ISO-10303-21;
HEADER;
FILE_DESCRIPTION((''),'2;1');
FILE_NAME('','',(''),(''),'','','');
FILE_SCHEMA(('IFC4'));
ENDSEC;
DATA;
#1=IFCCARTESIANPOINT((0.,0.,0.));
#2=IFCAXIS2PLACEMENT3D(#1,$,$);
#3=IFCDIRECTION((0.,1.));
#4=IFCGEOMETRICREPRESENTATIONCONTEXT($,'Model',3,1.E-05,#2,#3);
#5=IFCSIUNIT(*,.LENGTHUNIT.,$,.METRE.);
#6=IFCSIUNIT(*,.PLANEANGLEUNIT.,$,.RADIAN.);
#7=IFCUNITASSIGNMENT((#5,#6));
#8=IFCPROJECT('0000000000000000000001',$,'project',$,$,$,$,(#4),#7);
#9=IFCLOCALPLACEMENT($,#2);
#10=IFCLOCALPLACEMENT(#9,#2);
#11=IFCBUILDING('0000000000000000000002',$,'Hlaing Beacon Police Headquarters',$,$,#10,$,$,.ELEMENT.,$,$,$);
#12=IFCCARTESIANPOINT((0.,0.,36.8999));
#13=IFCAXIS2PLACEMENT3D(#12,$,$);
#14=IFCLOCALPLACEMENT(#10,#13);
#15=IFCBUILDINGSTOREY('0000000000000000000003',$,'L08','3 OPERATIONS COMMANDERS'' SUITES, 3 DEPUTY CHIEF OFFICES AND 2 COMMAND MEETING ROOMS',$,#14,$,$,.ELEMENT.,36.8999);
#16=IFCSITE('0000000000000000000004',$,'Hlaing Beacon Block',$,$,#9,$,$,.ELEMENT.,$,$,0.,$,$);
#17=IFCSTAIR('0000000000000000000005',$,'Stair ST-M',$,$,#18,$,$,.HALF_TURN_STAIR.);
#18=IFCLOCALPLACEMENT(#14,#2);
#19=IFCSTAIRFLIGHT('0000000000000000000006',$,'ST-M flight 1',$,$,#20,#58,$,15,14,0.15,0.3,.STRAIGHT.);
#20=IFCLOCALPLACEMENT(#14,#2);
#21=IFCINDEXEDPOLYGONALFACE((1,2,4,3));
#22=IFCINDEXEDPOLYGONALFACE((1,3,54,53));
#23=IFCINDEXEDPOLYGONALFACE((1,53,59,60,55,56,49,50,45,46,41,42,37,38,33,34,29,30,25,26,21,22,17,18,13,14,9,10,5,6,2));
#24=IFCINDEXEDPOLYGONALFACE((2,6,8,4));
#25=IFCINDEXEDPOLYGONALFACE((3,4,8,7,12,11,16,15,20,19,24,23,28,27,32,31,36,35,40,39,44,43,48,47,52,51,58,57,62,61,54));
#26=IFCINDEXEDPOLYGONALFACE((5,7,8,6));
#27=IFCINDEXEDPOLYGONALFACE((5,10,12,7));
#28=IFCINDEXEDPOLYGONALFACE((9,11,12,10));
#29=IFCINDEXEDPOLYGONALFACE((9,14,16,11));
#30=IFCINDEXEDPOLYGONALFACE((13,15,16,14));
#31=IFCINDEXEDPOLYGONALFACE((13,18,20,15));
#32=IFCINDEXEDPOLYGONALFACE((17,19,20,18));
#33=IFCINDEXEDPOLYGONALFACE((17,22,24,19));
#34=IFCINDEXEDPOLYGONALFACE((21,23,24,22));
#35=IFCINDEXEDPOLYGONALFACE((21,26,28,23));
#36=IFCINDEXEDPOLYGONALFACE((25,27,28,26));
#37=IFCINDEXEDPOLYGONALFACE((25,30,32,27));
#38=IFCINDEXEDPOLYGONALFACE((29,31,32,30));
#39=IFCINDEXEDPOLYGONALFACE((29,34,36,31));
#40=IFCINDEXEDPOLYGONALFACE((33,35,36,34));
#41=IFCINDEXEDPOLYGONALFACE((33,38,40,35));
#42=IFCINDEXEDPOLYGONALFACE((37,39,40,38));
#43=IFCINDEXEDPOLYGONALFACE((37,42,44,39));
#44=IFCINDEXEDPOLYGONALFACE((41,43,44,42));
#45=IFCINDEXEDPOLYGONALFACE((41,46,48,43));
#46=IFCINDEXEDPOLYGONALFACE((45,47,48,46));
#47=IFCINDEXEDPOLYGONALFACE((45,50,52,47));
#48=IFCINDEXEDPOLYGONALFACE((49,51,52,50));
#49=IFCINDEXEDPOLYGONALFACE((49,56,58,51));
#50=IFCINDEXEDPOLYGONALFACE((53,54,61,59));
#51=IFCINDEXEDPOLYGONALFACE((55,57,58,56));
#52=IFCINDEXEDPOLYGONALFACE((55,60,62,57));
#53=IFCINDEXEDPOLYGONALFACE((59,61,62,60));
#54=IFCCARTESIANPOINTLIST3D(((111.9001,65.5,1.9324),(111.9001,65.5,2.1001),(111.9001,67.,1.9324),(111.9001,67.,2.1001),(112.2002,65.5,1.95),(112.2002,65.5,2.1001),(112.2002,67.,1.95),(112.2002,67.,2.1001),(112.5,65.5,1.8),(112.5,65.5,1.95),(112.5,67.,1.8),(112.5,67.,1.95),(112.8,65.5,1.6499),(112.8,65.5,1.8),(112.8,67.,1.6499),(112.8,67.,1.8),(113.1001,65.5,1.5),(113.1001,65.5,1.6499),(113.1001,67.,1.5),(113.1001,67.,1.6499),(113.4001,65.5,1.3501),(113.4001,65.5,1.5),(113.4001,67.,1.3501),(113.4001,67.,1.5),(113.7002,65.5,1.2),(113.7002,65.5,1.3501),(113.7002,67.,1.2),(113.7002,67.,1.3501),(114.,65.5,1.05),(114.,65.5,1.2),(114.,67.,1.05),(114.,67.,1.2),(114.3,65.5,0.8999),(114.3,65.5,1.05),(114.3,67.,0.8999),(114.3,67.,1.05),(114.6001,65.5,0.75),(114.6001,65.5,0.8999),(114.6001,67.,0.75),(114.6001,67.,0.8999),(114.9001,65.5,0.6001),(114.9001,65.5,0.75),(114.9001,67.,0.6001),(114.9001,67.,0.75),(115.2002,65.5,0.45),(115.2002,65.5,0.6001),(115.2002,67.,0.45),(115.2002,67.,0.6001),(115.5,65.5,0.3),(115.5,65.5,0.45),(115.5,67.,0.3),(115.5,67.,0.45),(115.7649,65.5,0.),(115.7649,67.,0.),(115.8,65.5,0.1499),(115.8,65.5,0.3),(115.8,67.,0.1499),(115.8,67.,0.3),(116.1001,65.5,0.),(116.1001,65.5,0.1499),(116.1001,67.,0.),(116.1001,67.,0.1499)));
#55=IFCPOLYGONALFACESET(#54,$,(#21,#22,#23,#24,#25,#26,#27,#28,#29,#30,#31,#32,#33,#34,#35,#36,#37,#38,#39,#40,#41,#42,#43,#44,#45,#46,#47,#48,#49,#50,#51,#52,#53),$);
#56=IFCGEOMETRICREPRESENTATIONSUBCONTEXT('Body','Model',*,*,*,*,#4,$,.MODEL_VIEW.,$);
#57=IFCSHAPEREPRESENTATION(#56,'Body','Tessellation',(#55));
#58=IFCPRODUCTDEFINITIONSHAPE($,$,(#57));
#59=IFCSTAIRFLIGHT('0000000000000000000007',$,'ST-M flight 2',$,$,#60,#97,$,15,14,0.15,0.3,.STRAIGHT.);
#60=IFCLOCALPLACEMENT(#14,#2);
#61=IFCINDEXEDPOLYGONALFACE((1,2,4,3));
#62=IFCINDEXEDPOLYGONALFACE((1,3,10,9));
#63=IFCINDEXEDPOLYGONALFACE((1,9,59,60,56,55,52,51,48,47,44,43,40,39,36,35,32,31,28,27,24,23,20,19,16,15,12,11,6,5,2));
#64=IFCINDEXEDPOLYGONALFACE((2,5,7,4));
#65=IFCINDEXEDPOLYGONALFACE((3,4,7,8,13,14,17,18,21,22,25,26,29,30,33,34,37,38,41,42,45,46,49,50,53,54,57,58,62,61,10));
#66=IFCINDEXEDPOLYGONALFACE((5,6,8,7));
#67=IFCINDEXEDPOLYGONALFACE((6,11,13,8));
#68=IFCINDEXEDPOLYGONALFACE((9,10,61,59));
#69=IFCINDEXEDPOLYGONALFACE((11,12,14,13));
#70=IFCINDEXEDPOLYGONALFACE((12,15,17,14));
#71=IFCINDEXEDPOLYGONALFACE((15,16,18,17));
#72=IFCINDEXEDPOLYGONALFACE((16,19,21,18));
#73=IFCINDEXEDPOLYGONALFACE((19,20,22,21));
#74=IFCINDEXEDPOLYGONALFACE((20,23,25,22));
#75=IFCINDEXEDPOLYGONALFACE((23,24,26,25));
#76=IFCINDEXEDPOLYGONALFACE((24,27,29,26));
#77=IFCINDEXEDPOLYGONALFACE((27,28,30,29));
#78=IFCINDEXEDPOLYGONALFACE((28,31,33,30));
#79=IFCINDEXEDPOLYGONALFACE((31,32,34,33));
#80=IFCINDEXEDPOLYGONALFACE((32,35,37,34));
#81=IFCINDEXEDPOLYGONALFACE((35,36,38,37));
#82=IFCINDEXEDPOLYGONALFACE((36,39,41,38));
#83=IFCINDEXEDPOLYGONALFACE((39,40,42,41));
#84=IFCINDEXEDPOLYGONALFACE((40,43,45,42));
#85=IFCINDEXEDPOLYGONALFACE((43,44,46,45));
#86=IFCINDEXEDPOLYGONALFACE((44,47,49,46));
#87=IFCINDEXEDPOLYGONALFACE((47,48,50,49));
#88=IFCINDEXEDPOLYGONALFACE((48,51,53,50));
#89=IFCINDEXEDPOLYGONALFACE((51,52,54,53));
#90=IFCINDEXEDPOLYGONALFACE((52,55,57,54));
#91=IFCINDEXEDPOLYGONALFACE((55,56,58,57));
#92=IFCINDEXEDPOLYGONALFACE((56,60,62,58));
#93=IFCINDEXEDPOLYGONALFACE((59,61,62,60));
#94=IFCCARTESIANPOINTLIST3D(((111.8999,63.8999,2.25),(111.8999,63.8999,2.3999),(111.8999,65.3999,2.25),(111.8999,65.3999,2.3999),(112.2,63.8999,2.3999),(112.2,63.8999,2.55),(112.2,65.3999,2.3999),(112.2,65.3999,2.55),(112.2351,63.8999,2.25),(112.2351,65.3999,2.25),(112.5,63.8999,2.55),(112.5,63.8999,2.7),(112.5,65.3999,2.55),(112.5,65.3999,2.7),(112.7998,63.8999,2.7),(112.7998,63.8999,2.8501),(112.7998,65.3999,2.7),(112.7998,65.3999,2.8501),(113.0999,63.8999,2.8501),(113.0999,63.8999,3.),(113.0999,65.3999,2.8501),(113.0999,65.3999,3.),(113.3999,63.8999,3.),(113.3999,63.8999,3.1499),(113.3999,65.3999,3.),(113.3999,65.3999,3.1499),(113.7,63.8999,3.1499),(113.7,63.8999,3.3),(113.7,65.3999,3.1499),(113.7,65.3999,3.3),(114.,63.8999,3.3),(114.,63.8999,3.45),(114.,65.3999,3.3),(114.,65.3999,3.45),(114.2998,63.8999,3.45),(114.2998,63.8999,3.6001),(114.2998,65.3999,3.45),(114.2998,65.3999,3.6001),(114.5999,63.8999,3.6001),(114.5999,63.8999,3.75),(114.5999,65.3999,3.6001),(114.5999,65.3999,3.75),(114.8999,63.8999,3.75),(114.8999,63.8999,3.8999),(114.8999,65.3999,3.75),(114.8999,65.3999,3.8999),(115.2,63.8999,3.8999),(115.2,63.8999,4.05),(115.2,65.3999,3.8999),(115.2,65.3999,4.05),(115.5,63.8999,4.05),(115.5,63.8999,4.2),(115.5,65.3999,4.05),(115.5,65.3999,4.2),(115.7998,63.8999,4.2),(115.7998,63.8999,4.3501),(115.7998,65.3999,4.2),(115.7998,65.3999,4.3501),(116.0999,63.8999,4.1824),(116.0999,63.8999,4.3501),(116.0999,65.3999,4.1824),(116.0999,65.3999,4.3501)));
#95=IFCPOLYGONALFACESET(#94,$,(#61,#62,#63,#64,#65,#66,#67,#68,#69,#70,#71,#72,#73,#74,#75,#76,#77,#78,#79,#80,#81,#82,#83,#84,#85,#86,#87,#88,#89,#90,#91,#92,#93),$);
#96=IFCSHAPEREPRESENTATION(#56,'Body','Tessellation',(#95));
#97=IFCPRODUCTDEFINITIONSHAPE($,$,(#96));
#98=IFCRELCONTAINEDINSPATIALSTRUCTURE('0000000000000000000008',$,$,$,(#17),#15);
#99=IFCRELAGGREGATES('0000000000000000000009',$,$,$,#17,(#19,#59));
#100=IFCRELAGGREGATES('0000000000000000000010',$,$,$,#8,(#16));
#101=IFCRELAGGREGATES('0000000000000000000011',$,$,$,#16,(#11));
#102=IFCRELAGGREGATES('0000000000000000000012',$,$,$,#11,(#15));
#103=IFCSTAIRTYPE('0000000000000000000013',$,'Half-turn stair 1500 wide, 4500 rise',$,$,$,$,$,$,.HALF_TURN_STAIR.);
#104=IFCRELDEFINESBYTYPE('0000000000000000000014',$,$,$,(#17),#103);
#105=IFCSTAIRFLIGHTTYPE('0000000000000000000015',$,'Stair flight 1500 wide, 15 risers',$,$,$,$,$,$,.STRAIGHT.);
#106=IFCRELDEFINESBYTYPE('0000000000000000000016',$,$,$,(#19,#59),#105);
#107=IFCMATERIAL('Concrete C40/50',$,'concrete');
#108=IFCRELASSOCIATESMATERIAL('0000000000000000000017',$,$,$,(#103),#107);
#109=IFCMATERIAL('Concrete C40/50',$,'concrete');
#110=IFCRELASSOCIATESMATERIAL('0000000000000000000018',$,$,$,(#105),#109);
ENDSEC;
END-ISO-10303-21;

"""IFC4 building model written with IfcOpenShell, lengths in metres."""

from ifc_helpers import new_model, si_unit, direction, frame, origin, place, context, subcontext, project, spatial, polyline, outline, extrude, material, type_object, element, aggregate, save


model = new_model("IFC4")

# Units and contexts
model_context = context("Model", 3, precision=1e-05, world=origin(), true_north=direction((0.0, 1.0)))
body_context = subcontext(model_context, "Body", "Model", "MODEL_VIEW")
ifc_project = project(units=[si_unit("LENGTHUNIT", "METRE"), si_unit("PLANEANGLEUNIT", "RADIAN")], contexts=[model_context])

# Site, building, storey
site_placement = place(None, origin())
site = spatial("IfcSite", under=ifc_project, at=site_placement, Name="Hlaing Beacon Block", CompositionType="ELEMENT", RefElevation=0.0)
building_placement = place(site_placement, origin())
building = spatial("IfcBuilding", under=site, at=building_placement, Name="Hlaing Beacon Police Headquarters", CompositionType="ELEMENT")
storey_placement = place(building_placement, frame((0.0, 0.0, 36.8999)))
storey = spatial("IfcBuildingStorey", under=building, at=storey_placement, Name="L08", Description="3 OPERATIONS COMMANDERS' SUITES, 3 DEPUTY CHIEF OFFICES AND 2 COMMAND MEETING ROOMS", CompositionType="ELEMENT", Elevation=36.8999)

# Stair, stair flights
ifc_material_1 = material(Name="Concrete C40/50", Category="concrete")
stair_type = type_object("IfcStairType", Name="Half-turn stair 1500 wide, 4500 rise", PredefinedType="HALF_TURN_STAIR", material=ifc_material_1)
stair_placement = place(storey_placement, origin())
stair = element("IfcStair", 1, at=stair_placement, inside=storey, type_object=stair_type, Name="Stair ST-M", PredefinedType="HALF_TURN_STAIR")
ifc_material_2 = material(Name="Concrete C40/50", Category="concrete")
stair_flight_type = type_object("IfcStairFlightType", Name="Stair flight 1500 wide, 15 risers", PredefinedType="STRAIGHT", material=ifc_material_2)
stair_flight_1_placement = place(storey_placement, frame((116.1001, 66.25, 0.0), z_axis=(0.0, 0.0, 1.0), x_axis=(-1.0, 0.0, 0.0)))
stair_flight_1 = element("IfcStairFlight", 2, at=stair_flight_1_placement, type_object=stair_flight_type, Name="ST-M flight 1", NumberOfRisers=15, NumberOfTreads=14, PredefinedType="STRAIGHT", RiserHeight=0.15, TreadLength=0.3, context=body_context, shape_type="SweptSolid", body=[
    extrude(outline(polyline([(0.0, 0.0), (0.0, 0.1499), (0.3, 0.1499), (0.3, 0.3), (0.6001, 0.3), (0.6001, 0.45), (0.8999, 0.45), (0.8999, 0.6001), (1.2, 0.6001), (1.2, 0.75), (1.5, 0.75), (1.5, 0.8999), (1.8, 0.8999), (1.8, 1.05), (2.1001, 1.05), (2.1001, 1.2), (2.3999, 1.2), (2.3999, 1.3501), (2.7, 1.3501), (2.7, 1.5), (3.0, 1.5), (3.0, 1.6499), (3.3, 1.6499), (3.3, 1.8), (3.6001, 1.8), (3.6001, 1.95), (3.8999, 1.95), (3.8999, 2.1001), (4.2, 2.1001), (4.2, 2.25), (4.2, 1.9324), (0.3352, 0.0), (0.0, 0.0)])), frame((0.0, 0.75, 0.0), z_axis=(0.0, -1.0, 0.0), x_axis=(1.0, 0.0, 0.0)), (0.0, 0.0, 1.0), 1.5),
])
stair_flight_2_placement = place(storey_placement, frame((111.8999, 64.6499, 2.25), z_axis=(0.0, 0.0, 1.0), x_axis=(1.0, 0.0, 0.0)))
stair_flight_2 = element("IfcStairFlight", 3, at=stair_flight_2_placement, type_object=stair_flight_type, Name="ST-M flight 2", NumberOfRisers=15, NumberOfTreads=14, PredefinedType="STRAIGHT", RiserHeight=0.15, TreadLength=0.3, context=body_context, shape_type="SweptSolid", body=[
    extrude(outline(polyline([(0.0, 0.0), (0.0, 0.1499), (0.3, 0.1499), (0.3, 0.3), (0.6001, 0.3), (0.6001, 0.45), (0.8999, 0.45), (0.8999, 0.6001), (1.2, 0.6001), (1.2, 0.75), (1.5, 0.75), (1.5, 0.8999), (1.8, 0.8999), (1.8, 1.05), (2.1001, 1.05), (2.1001, 1.2), (2.3999, 1.2), (2.3999, 1.3501), (2.7, 1.3501), (2.7, 1.5), (3.0, 1.5), (3.0, 1.6499), (3.3, 1.6499), (3.3, 1.8), (3.6001, 1.8), (3.6001, 1.95), (3.8999, 1.95), (3.8999, 2.1001), (4.2, 2.1001), (4.2, 2.25), (4.2, 1.9324), (0.3352, 0.0), (0.0, 0.0)])), frame((0.0, 0.75, 0.0), z_axis=(0.0, -1.0, 0.0), x_axis=(1.0, 0.0, 0.0)), (0.0, 0.0, 1.0), 1.5),
])
aggregate(stair, [stair_flight_1, stair_flight_2])

save(model, "model.ifc")
